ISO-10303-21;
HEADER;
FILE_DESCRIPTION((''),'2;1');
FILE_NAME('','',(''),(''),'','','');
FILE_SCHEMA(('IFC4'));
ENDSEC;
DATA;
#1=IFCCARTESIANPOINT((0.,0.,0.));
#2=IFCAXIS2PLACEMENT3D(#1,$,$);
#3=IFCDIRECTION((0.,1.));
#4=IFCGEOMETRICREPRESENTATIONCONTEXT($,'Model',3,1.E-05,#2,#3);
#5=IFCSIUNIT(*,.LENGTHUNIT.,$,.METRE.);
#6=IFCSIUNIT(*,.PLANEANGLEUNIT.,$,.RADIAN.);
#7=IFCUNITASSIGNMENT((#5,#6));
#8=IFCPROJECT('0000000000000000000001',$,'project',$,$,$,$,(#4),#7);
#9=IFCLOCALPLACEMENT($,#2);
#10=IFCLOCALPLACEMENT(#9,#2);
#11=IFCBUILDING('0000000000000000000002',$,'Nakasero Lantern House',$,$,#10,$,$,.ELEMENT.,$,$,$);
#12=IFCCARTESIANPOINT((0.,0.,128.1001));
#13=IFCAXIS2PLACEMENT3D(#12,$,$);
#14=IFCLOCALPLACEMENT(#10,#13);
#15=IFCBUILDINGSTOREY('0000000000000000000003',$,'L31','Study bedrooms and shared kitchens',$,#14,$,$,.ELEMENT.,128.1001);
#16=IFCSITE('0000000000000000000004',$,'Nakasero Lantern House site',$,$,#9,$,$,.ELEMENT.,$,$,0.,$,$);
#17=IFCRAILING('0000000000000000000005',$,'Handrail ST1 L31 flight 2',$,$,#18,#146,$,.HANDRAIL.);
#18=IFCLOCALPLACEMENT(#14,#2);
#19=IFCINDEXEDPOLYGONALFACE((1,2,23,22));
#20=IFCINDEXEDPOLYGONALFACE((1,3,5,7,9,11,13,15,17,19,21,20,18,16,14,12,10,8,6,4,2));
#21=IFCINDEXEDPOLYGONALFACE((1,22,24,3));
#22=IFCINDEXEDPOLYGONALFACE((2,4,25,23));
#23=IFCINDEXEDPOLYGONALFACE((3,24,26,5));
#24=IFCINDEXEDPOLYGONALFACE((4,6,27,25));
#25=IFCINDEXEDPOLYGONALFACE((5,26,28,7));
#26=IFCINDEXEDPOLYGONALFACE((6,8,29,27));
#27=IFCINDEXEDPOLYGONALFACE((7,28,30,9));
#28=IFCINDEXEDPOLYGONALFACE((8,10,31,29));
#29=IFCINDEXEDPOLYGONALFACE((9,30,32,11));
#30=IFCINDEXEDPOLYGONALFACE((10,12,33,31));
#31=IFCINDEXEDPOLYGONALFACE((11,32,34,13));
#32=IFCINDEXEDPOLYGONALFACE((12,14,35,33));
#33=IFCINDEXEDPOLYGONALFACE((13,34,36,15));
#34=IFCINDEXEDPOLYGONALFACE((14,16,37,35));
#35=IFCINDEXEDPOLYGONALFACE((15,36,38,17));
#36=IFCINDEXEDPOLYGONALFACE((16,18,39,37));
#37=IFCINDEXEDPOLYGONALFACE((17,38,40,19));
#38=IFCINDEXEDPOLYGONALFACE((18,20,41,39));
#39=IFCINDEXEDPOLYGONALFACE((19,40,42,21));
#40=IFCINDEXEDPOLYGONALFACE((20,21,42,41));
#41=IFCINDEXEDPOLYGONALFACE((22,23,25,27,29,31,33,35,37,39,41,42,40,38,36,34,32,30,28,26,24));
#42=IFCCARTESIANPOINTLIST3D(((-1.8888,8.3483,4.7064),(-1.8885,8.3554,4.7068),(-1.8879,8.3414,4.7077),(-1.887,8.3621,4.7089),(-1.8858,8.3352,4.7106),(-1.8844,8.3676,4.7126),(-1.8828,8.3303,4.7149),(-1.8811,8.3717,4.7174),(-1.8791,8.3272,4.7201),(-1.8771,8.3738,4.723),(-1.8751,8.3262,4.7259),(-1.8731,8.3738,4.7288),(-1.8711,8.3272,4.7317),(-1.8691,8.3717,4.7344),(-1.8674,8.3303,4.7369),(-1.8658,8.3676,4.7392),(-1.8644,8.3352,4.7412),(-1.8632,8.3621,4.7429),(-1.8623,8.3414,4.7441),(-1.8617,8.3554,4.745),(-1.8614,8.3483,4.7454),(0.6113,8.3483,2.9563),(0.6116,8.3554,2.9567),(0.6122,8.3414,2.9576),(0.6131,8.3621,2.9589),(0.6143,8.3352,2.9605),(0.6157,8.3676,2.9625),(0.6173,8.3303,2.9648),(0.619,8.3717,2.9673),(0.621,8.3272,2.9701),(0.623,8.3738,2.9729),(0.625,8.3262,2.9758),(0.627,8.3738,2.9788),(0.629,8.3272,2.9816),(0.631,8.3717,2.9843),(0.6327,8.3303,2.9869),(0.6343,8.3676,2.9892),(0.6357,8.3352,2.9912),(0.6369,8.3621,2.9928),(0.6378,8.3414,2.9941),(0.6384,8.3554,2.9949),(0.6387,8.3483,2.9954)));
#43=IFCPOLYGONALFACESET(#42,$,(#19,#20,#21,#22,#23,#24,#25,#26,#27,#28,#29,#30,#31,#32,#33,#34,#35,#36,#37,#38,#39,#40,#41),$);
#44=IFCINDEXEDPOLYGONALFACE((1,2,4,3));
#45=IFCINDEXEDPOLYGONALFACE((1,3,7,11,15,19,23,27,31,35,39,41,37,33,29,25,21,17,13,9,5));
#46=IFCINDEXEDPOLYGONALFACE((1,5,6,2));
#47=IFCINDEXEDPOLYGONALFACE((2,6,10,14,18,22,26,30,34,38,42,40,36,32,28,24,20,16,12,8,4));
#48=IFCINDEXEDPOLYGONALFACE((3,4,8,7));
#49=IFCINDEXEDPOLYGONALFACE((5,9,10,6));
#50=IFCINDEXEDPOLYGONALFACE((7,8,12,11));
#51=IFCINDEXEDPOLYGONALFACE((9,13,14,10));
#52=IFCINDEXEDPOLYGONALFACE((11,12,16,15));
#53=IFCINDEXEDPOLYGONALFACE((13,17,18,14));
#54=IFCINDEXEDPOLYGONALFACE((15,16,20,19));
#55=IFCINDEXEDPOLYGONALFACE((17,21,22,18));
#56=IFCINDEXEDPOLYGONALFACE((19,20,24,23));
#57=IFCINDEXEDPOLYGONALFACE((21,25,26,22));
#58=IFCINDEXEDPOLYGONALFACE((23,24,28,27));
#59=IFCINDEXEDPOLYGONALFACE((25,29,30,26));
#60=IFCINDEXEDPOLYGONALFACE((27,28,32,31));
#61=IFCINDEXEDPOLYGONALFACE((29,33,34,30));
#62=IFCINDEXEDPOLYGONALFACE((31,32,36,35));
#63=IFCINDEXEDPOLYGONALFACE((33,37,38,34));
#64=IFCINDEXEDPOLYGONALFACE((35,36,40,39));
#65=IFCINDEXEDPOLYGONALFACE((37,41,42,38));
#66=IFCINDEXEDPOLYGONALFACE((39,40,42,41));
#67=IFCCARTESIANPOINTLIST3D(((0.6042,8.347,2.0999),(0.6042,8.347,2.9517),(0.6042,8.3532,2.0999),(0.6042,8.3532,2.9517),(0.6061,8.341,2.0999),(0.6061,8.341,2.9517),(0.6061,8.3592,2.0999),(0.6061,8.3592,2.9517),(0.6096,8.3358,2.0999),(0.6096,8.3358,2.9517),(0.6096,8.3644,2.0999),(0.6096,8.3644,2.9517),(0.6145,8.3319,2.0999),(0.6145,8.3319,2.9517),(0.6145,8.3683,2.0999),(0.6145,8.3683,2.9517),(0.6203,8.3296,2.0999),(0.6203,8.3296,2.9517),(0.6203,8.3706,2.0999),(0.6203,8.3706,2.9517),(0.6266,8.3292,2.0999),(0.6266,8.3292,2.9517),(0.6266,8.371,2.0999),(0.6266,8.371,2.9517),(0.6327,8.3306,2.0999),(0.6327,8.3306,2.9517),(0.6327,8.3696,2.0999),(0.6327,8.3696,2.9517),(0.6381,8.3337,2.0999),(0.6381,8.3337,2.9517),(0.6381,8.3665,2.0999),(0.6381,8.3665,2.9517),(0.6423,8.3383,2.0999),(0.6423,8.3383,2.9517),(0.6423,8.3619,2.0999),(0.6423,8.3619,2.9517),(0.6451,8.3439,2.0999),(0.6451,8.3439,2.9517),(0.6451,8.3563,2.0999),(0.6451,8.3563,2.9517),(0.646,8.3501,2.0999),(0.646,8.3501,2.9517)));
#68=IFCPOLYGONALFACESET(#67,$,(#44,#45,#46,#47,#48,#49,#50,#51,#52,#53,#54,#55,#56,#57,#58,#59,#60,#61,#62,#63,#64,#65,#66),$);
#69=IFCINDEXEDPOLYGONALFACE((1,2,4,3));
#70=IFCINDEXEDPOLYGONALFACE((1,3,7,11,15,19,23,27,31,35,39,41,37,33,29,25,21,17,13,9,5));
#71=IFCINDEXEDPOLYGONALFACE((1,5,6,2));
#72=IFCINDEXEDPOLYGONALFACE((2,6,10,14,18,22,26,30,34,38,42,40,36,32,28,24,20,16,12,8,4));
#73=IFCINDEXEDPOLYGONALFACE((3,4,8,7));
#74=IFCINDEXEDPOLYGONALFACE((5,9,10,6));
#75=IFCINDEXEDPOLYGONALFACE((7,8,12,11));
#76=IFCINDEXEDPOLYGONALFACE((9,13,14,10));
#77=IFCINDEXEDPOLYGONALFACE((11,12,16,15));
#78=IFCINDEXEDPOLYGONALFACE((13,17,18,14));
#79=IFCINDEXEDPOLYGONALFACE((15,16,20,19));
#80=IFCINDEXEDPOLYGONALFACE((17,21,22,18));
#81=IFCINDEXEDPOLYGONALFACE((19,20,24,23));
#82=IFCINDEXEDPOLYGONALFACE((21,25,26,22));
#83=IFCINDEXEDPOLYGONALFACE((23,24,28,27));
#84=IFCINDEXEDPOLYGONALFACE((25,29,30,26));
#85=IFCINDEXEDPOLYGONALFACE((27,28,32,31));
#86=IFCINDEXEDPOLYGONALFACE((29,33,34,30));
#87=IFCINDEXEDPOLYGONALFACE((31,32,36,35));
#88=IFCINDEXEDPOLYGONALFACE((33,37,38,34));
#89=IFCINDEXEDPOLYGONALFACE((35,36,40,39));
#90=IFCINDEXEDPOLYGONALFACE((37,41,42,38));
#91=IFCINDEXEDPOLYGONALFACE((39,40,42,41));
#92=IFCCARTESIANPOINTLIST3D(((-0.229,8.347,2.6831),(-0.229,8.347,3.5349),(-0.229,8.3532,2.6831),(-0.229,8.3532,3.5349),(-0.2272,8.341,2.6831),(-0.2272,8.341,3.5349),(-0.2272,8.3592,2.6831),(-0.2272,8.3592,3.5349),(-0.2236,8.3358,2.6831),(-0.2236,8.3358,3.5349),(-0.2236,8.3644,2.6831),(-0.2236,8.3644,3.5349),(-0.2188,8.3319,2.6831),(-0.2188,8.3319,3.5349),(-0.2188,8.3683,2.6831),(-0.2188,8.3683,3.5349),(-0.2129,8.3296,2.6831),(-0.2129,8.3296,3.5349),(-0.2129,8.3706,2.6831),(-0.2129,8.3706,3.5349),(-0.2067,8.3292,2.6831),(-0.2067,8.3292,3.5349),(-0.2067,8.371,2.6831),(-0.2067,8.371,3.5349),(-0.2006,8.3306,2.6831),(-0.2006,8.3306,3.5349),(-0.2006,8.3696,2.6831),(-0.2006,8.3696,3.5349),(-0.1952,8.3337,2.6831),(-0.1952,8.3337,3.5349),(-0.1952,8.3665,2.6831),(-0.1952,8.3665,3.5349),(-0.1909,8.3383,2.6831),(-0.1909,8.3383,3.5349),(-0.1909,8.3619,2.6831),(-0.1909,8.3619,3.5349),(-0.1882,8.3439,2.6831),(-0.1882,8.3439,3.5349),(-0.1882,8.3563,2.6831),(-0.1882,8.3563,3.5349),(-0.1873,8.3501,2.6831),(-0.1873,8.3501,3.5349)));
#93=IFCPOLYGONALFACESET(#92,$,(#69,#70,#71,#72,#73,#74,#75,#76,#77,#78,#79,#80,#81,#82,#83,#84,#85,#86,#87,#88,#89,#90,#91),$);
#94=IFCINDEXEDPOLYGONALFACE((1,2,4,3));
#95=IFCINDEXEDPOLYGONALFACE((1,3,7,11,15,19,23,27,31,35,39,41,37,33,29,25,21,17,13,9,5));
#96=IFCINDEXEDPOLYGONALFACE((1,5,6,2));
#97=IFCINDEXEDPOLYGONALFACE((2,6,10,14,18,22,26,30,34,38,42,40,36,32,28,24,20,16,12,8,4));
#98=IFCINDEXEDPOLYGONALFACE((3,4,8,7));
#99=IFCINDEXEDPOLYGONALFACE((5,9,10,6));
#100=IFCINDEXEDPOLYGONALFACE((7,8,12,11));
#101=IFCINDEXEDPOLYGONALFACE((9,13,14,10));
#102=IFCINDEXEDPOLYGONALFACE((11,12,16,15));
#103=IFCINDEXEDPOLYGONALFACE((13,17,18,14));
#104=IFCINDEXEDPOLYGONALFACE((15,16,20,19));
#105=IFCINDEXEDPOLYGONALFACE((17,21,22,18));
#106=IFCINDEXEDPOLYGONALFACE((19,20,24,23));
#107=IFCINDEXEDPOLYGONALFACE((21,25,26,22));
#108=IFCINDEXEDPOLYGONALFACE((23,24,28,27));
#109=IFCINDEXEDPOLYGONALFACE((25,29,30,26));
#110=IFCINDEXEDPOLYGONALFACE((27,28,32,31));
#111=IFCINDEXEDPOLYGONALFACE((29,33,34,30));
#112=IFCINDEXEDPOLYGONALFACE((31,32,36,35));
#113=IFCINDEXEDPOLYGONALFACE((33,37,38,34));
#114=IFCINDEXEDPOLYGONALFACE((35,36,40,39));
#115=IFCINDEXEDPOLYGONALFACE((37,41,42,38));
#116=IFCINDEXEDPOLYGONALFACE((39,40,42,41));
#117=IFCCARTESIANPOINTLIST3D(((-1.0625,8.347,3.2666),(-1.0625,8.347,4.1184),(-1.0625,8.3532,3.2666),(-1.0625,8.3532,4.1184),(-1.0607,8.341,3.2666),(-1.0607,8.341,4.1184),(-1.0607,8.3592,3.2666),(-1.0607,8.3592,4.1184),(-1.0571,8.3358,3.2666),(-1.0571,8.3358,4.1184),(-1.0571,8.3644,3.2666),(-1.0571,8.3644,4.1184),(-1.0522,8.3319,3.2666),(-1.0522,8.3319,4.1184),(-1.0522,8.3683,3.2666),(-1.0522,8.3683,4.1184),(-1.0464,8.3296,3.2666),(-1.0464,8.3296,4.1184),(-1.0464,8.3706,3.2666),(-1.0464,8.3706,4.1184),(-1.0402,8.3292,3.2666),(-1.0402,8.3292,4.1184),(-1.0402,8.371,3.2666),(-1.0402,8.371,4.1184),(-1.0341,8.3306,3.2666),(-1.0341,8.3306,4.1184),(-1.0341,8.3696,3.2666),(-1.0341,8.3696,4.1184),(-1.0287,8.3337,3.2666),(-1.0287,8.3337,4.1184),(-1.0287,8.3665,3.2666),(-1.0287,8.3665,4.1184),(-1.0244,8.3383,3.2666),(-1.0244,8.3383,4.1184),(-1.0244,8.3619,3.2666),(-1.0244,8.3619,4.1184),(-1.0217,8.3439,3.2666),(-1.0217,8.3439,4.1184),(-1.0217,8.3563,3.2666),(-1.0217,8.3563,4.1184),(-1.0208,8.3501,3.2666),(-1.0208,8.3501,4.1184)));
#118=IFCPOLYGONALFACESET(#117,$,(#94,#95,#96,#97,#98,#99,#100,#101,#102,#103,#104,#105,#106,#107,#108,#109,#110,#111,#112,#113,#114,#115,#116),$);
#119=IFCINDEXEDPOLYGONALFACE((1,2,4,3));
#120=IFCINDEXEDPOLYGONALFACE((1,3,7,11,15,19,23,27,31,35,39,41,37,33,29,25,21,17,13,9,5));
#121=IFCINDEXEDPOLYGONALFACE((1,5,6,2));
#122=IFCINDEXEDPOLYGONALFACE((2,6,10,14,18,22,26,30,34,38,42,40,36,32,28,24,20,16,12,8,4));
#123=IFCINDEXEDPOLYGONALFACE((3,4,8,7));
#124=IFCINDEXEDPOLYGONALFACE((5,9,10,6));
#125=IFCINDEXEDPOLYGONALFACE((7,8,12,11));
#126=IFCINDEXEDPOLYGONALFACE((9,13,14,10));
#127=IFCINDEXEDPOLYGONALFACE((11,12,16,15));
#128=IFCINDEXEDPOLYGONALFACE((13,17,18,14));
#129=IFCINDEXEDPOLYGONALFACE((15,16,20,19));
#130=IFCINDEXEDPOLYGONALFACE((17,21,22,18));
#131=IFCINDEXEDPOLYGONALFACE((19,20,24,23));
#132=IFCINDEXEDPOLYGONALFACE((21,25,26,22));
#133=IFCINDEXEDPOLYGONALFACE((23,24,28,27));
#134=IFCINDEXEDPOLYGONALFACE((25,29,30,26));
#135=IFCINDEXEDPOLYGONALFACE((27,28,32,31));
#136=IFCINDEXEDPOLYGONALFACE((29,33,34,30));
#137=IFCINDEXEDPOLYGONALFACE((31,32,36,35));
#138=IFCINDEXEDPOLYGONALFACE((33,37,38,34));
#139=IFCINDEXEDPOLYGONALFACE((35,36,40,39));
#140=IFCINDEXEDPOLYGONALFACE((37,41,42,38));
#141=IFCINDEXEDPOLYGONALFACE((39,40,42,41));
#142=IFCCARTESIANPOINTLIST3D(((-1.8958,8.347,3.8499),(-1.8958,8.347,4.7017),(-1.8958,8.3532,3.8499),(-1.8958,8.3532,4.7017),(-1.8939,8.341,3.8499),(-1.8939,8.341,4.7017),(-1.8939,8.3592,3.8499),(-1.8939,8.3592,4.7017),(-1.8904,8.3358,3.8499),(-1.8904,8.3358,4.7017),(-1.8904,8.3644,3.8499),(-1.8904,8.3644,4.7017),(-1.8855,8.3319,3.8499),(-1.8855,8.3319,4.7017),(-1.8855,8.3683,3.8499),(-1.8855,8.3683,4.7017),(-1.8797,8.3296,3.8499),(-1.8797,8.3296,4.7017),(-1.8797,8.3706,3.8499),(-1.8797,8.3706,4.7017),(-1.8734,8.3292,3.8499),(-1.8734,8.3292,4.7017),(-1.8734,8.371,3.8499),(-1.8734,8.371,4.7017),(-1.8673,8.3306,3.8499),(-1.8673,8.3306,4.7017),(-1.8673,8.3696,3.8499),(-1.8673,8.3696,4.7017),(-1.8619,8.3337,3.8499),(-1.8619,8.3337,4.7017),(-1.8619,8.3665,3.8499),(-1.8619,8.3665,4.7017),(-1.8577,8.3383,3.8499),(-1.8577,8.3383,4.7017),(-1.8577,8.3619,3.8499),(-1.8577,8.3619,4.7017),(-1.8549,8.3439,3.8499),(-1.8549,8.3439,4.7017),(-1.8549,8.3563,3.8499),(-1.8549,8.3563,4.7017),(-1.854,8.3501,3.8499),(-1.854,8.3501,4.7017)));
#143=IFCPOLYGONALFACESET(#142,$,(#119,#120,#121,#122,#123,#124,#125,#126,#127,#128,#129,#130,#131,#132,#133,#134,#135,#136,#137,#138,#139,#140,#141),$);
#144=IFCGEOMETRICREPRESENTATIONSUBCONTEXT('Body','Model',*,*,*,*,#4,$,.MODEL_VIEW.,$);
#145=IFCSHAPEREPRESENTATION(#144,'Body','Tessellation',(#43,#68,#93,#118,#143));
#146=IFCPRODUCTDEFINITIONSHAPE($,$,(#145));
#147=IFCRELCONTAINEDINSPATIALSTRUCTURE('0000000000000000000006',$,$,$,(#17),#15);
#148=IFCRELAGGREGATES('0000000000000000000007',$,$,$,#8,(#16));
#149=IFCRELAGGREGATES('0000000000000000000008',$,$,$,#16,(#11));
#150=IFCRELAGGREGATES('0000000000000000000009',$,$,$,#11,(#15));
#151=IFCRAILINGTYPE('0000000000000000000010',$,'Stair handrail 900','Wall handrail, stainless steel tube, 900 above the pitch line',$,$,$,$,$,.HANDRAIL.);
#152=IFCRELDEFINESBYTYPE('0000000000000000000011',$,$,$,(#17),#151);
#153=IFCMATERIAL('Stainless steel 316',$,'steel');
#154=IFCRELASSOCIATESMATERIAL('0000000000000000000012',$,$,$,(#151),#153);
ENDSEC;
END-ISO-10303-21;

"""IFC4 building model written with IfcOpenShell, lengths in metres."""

from ifc_helpers import new_model, si_unit, direction, frame, origin, origin_2d, place, context, subcontext, project, spatial, circle, extrude, material, type_object, element, save


model = new_model("IFC4")

# Units and contexts
model_context = context("Model", 3, precision=1e-05, world=origin(), true_north=direction((0.0, 1.0)))
body_context = subcontext(model_context, "Body", "Model", "MODEL_VIEW")
ifc_project = project(units=[si_unit("LENGTHUNIT", "METRE"), si_unit("PLANEANGLEUNIT", "RADIAN")], contexts=[model_context])

# Site, building, storey
site_placement = place(None, origin())
site = spatial("IfcSite", under=ifc_project, at=site_placement, Name="Nakasero Lantern House site", CompositionType="ELEMENT", RefElevation=0.0)
building_placement = place(site_placement, origin())
building = spatial("IfcBuilding", under=site, at=building_placement, Name="Nakasero Lantern House", CompositionType="ELEMENT")
storey_placement = place(building_placement, frame((0.0, 0.0, 128.1001)))
storey = spatial("IfcBuildingStorey", under=building, at=storey_placement, Name="L31", Description="Study bedrooms and shared kitchens", CompositionType="ELEMENT", Elevation=128.1001)

# Railing
ifc_material_1 = material(Name="Stainless steel 316", Category="steel")
railing_type = type_object("IfcRailingType", Name="Stair handrail 900", Description="Wall handrail, stainless steel tube, 900 above the pitch line", PredefinedType="HANDRAIL", material=ifc_material_1)
railing_placement = place(storey_placement, frame((0.625, 8.3501, 2.0999)))
element("IfcRailing", 1, at=railing_placement, inside=storey, type_object=railing_type, Name="Handrail ST1 L31 flight 2", PredefinedType="HANDRAIL", context=body_context, shape_type="SweptSolid", body=[
    extrude(circle(Radius=0.0239, at=origin_2d()), frame((0.0, 0.0, 0.876), z_axis=(-0.819232, 0.0, 0.573462), x_axis=(0.0, -1.0, 0.0)), (0.0, 0.0, 1.0), 3.0518),
    extrude(circle(Radius=0.021, at=origin_2d()), origin(), (0.0, 0.0, 1.0), 0.8518),
    extrude(circle(Radius=0.021, at=origin_2d()), frame((-0.8333, 0.0, 0.5833)), (0.0, 0.0, 1.0), 0.8518),
    extrude(circle(Radius=0.021, at=origin_2d()), frame((-1.6667, 0.0, 1.1667)), (0.0, 0.0, 1.0), 0.8518),
    extrude(circle(Radius=0.021, at=origin_2d()), frame((-2.5, 0.0, 1.75)), (0.0, 0.0, 1.0), 0.8518),
])

save(model, "model.ifc")
